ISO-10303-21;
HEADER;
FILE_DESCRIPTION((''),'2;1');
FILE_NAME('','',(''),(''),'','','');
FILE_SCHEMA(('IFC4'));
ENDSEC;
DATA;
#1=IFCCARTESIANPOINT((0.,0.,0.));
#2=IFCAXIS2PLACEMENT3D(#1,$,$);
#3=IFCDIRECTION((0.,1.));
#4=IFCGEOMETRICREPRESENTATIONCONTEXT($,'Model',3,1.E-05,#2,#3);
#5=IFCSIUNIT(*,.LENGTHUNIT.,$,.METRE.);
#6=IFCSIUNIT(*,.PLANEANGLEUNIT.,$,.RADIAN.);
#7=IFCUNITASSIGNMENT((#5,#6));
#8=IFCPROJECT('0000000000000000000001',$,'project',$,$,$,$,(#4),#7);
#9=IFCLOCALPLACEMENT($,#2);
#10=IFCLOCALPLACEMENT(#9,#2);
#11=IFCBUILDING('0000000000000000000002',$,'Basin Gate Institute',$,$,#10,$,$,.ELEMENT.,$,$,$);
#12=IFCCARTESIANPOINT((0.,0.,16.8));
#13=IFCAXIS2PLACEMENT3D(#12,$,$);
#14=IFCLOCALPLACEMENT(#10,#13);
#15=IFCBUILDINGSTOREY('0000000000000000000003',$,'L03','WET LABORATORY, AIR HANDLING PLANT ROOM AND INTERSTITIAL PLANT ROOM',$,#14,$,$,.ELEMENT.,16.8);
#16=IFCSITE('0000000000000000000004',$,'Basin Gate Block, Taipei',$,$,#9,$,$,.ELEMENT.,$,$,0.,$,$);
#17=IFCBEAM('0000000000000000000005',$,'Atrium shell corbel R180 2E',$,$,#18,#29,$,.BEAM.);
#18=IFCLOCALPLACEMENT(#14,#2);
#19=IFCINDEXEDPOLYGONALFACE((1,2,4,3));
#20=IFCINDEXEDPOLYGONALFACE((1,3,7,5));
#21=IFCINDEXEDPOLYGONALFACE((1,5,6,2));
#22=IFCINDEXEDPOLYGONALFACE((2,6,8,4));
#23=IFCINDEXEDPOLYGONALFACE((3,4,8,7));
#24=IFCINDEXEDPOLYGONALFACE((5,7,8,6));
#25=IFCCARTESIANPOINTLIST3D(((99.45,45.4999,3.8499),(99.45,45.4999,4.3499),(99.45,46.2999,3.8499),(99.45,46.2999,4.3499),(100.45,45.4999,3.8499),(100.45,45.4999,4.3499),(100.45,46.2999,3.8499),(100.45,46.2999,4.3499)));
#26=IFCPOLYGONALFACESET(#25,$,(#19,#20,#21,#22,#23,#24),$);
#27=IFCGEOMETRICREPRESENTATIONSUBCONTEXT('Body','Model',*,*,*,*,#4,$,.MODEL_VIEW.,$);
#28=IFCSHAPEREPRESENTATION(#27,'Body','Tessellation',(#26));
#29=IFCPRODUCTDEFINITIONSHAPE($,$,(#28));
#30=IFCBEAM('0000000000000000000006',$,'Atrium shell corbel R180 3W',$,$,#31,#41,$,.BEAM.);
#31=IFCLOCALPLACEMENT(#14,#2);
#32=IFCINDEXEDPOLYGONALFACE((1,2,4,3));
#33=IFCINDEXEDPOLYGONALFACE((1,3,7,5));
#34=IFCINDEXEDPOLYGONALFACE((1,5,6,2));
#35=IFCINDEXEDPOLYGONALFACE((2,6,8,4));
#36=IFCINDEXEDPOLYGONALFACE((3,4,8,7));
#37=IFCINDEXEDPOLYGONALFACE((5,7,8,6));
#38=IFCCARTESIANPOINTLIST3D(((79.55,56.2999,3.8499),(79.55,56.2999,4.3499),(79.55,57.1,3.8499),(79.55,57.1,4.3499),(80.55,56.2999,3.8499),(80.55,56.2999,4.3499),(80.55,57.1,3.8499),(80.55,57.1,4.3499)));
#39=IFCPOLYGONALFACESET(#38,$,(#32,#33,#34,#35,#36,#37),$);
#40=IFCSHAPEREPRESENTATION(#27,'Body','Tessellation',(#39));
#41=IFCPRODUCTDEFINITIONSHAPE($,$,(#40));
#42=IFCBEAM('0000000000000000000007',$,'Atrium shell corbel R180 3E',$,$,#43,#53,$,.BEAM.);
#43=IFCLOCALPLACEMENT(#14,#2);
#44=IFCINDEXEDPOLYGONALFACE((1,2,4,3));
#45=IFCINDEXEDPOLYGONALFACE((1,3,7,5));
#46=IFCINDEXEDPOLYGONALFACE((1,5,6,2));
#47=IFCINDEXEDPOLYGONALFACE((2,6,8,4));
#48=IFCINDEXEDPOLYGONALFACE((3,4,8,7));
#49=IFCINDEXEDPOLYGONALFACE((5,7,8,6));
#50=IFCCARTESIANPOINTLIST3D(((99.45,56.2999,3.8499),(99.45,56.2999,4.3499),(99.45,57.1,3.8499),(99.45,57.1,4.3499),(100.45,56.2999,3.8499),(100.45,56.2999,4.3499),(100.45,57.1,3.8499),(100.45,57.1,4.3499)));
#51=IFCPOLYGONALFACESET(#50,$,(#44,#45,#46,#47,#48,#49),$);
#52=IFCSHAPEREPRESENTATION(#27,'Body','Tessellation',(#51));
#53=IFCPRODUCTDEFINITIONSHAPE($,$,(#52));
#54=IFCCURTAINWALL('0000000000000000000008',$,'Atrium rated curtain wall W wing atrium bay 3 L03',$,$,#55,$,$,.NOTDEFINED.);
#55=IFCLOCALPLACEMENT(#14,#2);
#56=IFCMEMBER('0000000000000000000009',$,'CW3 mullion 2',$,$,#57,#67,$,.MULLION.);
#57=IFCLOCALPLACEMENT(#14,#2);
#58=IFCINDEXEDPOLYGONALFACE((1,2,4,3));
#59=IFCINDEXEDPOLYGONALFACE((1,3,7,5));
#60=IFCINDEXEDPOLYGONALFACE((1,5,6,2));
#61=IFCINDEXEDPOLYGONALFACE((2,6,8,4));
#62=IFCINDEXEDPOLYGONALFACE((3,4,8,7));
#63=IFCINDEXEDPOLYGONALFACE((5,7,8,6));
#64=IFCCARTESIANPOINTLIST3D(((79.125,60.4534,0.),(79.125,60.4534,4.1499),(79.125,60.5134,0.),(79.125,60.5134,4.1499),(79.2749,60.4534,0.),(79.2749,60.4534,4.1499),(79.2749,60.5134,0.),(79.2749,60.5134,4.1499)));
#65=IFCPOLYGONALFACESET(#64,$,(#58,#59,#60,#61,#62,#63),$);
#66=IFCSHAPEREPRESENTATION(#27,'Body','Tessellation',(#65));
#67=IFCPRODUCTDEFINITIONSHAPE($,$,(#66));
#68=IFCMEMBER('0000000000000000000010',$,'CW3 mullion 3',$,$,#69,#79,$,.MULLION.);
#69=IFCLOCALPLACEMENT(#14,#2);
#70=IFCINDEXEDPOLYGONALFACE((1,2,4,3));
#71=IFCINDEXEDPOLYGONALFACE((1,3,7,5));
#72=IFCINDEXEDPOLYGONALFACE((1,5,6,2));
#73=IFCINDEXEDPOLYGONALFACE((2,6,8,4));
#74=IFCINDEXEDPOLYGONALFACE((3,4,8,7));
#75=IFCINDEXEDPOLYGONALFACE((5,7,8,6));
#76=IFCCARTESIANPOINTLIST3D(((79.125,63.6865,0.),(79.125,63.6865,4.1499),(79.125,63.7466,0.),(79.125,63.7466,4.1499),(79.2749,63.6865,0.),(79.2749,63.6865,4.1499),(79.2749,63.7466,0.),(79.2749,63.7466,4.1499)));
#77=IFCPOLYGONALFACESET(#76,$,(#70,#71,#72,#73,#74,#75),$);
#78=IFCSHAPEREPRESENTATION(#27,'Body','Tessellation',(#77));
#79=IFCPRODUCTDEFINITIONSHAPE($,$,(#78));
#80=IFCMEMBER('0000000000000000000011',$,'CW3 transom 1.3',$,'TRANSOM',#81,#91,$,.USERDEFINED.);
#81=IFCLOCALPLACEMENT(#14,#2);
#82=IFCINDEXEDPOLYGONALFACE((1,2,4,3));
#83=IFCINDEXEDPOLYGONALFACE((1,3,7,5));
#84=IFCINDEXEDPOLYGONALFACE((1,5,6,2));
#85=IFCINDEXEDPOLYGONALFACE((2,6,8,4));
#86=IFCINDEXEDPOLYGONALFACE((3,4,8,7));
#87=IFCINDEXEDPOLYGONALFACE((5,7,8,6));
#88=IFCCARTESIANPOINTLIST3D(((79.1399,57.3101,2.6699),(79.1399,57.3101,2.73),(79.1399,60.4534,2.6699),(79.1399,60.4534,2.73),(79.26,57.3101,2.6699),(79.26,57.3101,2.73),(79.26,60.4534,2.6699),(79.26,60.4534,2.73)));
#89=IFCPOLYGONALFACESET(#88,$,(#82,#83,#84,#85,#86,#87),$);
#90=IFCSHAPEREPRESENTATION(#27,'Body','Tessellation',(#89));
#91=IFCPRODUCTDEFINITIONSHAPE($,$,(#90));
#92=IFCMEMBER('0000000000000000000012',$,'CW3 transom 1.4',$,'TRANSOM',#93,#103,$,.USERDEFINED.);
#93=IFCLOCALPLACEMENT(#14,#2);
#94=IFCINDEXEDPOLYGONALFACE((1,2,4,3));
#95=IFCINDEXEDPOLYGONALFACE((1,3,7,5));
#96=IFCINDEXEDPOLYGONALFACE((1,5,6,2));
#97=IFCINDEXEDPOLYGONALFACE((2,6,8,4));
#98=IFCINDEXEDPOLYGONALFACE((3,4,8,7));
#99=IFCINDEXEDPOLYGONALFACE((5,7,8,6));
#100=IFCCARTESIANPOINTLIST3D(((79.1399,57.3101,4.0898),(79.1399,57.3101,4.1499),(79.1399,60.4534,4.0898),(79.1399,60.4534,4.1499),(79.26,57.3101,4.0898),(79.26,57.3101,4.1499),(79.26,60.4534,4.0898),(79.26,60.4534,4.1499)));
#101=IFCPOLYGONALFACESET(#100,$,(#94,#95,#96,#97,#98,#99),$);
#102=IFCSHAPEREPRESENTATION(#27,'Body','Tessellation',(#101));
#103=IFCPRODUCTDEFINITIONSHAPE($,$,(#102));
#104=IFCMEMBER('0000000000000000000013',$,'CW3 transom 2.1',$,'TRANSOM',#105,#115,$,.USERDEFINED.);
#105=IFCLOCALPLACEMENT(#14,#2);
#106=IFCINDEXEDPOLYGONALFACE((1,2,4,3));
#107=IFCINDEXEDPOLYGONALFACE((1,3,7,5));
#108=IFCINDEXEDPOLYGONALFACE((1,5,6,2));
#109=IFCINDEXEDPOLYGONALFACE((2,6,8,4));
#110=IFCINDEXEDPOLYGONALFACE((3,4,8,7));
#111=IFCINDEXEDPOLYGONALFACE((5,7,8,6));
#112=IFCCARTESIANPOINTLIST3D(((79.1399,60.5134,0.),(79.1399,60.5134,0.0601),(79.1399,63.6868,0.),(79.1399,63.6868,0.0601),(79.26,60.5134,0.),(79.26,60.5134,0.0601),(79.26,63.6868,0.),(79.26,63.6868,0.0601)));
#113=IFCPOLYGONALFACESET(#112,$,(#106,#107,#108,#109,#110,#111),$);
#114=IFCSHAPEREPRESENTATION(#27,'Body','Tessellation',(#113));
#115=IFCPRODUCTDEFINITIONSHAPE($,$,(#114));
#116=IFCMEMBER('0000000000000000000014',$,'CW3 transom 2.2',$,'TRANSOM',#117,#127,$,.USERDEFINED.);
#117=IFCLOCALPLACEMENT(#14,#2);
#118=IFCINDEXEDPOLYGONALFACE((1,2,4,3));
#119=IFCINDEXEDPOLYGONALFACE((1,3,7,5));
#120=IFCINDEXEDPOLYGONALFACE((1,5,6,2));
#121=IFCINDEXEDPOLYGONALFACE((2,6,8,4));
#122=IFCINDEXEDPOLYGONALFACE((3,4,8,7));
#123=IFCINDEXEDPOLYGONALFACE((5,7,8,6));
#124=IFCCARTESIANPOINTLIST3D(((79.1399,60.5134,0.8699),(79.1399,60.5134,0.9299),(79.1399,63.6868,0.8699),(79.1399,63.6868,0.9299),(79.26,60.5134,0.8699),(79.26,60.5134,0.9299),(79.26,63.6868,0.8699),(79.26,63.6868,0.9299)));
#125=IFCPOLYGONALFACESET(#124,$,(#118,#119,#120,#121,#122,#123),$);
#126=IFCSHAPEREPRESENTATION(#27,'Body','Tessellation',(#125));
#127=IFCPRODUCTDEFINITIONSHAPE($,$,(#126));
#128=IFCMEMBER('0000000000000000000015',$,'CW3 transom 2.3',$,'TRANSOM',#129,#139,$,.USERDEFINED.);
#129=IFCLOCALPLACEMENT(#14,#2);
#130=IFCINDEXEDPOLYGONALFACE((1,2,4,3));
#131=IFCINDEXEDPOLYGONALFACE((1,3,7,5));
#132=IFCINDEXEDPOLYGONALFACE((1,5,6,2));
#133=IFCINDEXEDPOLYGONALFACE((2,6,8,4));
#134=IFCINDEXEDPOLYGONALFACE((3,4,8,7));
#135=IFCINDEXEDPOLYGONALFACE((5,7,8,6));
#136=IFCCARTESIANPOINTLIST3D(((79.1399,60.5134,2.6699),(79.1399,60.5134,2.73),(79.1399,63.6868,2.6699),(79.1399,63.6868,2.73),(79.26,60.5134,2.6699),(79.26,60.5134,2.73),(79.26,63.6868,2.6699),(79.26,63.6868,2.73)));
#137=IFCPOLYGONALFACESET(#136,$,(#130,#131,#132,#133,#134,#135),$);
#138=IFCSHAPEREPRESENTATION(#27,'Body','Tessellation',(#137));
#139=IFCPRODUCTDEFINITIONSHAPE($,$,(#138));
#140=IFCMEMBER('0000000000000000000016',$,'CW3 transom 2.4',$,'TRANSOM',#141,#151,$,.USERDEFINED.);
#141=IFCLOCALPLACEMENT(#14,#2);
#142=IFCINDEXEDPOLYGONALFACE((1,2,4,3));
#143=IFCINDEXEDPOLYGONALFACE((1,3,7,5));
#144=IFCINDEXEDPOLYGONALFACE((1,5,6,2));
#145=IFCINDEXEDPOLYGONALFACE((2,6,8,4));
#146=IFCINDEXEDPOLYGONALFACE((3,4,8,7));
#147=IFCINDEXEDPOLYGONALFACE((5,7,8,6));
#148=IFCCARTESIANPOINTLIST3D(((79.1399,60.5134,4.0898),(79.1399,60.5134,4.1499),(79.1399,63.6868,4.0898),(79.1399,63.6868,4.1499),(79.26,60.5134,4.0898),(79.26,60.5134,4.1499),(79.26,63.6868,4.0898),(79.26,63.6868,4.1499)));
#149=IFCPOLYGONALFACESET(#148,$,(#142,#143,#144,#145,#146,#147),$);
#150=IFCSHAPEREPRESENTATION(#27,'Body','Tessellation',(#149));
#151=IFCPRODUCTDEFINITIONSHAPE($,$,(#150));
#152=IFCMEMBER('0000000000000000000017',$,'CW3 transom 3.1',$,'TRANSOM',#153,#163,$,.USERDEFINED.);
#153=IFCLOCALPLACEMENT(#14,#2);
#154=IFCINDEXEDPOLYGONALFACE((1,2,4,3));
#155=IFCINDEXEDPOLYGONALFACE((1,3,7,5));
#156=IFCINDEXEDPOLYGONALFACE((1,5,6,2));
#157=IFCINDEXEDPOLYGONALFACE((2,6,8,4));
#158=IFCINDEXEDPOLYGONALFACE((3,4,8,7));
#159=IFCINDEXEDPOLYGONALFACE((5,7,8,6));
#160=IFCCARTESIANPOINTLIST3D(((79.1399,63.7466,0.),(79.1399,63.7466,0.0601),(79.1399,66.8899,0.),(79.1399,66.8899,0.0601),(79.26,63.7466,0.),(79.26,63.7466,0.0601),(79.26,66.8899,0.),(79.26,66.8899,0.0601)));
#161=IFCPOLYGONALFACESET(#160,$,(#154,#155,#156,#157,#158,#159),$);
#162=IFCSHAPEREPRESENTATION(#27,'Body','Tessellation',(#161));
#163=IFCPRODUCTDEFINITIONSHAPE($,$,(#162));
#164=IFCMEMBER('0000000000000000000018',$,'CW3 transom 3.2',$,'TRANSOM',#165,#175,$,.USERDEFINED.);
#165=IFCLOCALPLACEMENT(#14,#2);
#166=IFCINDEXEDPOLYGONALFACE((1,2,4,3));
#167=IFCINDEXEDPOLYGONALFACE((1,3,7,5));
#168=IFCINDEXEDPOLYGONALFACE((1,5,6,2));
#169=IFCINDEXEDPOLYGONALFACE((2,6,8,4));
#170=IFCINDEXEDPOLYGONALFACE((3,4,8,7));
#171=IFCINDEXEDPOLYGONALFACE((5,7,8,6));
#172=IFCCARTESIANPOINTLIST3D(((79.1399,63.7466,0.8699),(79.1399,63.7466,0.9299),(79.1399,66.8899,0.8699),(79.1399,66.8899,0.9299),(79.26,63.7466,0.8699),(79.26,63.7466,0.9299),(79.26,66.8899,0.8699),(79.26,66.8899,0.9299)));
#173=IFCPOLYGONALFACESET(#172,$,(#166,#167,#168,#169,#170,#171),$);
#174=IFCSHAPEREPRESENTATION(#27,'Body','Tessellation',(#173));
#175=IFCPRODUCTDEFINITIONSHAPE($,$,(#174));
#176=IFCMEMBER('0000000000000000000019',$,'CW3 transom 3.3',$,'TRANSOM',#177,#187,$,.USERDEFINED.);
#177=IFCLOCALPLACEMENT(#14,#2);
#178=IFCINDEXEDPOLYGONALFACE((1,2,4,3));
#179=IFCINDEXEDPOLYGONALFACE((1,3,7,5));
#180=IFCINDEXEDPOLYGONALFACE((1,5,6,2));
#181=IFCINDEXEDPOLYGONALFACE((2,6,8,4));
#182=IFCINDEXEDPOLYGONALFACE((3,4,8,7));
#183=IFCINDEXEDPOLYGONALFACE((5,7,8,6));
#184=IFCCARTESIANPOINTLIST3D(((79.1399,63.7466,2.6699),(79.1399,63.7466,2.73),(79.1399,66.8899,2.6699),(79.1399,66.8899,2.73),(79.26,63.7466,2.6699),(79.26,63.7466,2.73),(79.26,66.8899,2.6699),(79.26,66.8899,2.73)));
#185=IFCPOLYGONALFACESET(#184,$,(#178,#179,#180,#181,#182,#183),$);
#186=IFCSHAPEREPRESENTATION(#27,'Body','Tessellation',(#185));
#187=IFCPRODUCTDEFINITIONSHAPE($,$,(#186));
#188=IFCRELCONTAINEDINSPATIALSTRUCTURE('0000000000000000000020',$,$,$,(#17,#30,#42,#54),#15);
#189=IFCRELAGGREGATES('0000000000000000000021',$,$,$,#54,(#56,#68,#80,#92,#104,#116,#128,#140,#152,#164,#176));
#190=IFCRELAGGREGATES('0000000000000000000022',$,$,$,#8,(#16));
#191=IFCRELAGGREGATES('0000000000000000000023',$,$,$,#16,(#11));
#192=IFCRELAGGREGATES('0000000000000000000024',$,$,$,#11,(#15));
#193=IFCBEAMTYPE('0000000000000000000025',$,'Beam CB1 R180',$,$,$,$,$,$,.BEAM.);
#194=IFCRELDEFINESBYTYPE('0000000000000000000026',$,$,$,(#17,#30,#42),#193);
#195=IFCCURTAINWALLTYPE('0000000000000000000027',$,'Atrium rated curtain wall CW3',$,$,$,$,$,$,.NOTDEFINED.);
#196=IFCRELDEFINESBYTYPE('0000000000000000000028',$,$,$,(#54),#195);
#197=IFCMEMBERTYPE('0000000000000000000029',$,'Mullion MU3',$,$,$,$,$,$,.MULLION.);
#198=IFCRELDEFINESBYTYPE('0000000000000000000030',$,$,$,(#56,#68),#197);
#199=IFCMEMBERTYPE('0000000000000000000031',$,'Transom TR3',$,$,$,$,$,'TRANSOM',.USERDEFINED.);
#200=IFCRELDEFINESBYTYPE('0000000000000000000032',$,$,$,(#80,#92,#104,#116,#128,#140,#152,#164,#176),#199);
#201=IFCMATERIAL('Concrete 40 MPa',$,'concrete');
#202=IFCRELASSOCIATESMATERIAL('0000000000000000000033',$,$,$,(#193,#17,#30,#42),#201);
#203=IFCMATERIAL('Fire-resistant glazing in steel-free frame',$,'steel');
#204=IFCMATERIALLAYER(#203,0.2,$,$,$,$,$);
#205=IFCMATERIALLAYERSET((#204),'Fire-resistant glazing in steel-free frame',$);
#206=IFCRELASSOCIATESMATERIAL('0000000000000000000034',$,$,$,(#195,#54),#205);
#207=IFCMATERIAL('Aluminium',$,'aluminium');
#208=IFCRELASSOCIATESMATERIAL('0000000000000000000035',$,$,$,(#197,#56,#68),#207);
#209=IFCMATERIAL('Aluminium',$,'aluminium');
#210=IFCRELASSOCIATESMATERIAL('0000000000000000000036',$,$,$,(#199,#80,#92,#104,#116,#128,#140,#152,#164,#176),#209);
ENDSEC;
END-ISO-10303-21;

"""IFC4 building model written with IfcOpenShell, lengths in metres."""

from ifc_helpers import new_model, si_unit, direction, frame, origin, origin_2d, place, context, subcontext, project, spatial, rectangle, extrude, material, layer, layer_set, material_profile, profile_set, type_object, element, aggregate, save


model = new_model("IFC4")

# Units and contexts
model_context = context("Model", 3, precision=1e-05, world=origin(), true_north=direction((0.0, 1.0)))
body_context = subcontext(model_context, "Body", "Model", "MODEL_VIEW")
ifc_project = project(units=[si_unit("LENGTHUNIT", "METRE"), si_unit("PLANEANGLEUNIT", "RADIAN")], contexts=[model_context])

# Site, building, storey
site_placement = place(None, origin())
site = spatial("IfcSite", under=ifc_project, at=site_placement, Name="Basin Gate Block, Taipei", CompositionType="ELEMENT", RefElevation=0.0)
building_placement = place(site_placement, origin())
building = spatial("IfcBuilding", under=site, at=building_placement, Name="Basin Gate Institute", CompositionType="ELEMENT")
storey_placement = place(building_placement, frame((0.0, 0.0, 16.8)))
storey = spatial("IfcBuildingStorey", under=building, at=storey_placement, Name="L03", Description="WET LABORATORY, AIR HANDLING PLANT ROOM AND INTERSTITIAL PLANT ROOM", CompositionType="ELEMENT", Elevation=16.8)

# Beams
ifc_material_1 = material(Name="Concrete 40 MPa", Category="concrete")
ifc_material_profile_1 = material_profile(ifc_material_1, rectangle(XDim=0.8, YDim=0.5, at=origin_2d()), Name="Beam CB1 800 x 500")
ifc_profile_set_1 = profile_set([ifc_material_profile_1], Name="Concrete 40 MPa")
beam_type = type_object("IfcBeamType", Name="Beam CB1 R180", PredefinedType="BEAM", material=ifc_profile_set_1)
for number, where, z_axis, x_axis, name in (
    (1, (100.45, 45.8999, 4.0999), (-1.0, 0.0, 0.0), (0.0, -1.0, 0.0), "Atrium shell corbel R180 2E"),
    (2, (79.55, 56.7, 4.0999), (1.0, 0.0, 0.0), (0.0, 1.0, 0.0), "Atrium shell corbel R180 3W"),
    (3, (100.45, 56.7, 4.0999), (-1.0, 0.0, 0.0), (0.0, -1.0, 0.0), "Atrium shell corbel R180 3E"),
):
    element("IfcBeam", number, at=place(storey_placement, frame(where, z_axis=z_axis, x_axis=x_axis)), inside=storey, type_object=beam_type, material=ifc_profile_set_1, Name=name, PredefinedType="BEAM", context=body_context, shape_type="SweptSolid", body=[
        extrude(rectangle(XDim=0.8, YDim=0.5, at=origin_2d()), origin(), (0.0, 0.0, 1.0), 1.0),
    ])

# Curtain wall, members
ifc_material_2 = material(Name="Fire-resistant glazing in steel-free frame", Category="steel")
ifc_layer_1 = layer(ifc_material_2, 0.2)
ifc_layer_set_1 = layer_set([ifc_layer_1], Name="Fire-resistant glazing in steel-free frame")
curtain_wall_type = type_object("IfcCurtainWallType", Name="Atrium rated curtain wall CW3", PredefinedType="NOTDEFINED", material=ifc_layer_set_1)
curtain_wall_placement = place(storey_placement, origin())
curtain_wall = element("IfcCurtainWall", 4, at=curtain_wall_placement, inside=storey, type_object=curtain_wall_type, material=ifc_layer_set_1, Name="Atrium rated curtain wall W wing atrium bay 3 L03", PredefinedType="NOTDEFINED")
ifc_material_3 = material(Name="Aluminium", Category="aluminium")
ifc_material_profile_2 = material_profile(ifc_material_3, rectangle(XDim=0.1499, YDim=0.0601, at=origin_2d()), Name="Mullion MU3 150 x 60")
ifc_profile_set_2 = profile_set([ifc_material_profile_2], Name="Aluminium")
member_type_1 = type_object("IfcMemberType", Name="Mullion MU3", PredefinedType="MULLION", material=ifc_profile_set_2)
member_1_placement = place(storey_placement, frame((79.2, 60.4834, 0.0), z_axis=(0.0, 0.0, 1.0), x_axis=(-1.0, 0.0, 0.0)))
member_1 = element("IfcMember", 5, at=member_1_placement, type_object=member_type_1, material=ifc_profile_set_2, Name="CW3 mullion 2", PredefinedType="MULLION", context=body_context, shape_type="SweptSolid", body=[
    extrude(rectangle(XDim=0.1499, YDim=0.0601, at=origin_2d()), origin(), (0.0, 0.0, 1.0), 4.1499),
])
member_2_placement = place(storey_placement, frame((79.2, 63.7166, 0.0), z_axis=(0.0, 0.0, 1.0), x_axis=(-1.0, 0.0, 0.0)))
member_2 = element("IfcMember", 6, at=member_2_placement, type_object=member_type_1, material=ifc_profile_set_2, Name="CW3 mullion 3", PredefinedType="MULLION", context=body_context, shape_type="SweptSolid", body=[
    extrude(rectangle(XDim=0.1499, YDim=0.0601, at=origin_2d()), origin(), (0.0, 0.0, 1.0), 4.1499),
])
ifc_material_4 = material(Name="Aluminium", Category="aluminium")
ifc_material_profile_3 = material_profile(ifc_material_4, rectangle(XDim=0.1201, YDim=0.0601, at=origin_2d()), Name="Transom TR3 120 x 60")
ifc_profile_set_3 = profile_set([ifc_material_profile_3], Name="Aluminium")
member_type_2 = type_object("IfcMemberType", Name="Transom TR3", ElementType="TRANSOM", PredefinedType="USERDEFINED", material=ifc_profile_set_3)
member_3_placement = place(storey_placement, frame((79.2, 57.3101, 2.7), z_axis=(0.0, 1.0, 0.0), x_axis=(-1.0, 0.0, 0.0)))
member_3 = element("IfcMember", 7, at=member_3_placement, type_object=member_type_2, material=ifc_profile_set_3, Name="CW3 transom 1.3", ObjectType="TRANSOM", PredefinedType="USERDEFINED", context=body_context, shape_type="SweptSolid", body=[
    extrude(rectangle(XDim=0.1201, YDim=0.0601, at=origin_2d()), origin(), (0.0, 0.0, 1.0), 3.1433),
])
member_4_placement = place(storey_placement, frame((79.2, 57.3101, 4.1199), z_axis=(0.0, 1.0, 0.0), x_axis=(-1.0, 0.0, 0.0)))
member_4 = element("IfcMember", 8, at=member_4_placement, type_object=member_type_2, material=ifc_profile_set_3, Name="CW3 transom 1.4", ObjectType="TRANSOM", PredefinedType="USERDEFINED", context=body_context, shape_type="SweptSolid", body=[
    extrude(rectangle(XDim=0.1201, YDim=0.0601, at=origin_2d()), origin(), (0.0, 0.0, 1.0), 3.1433),
])
member_5_placement = place(storey_placement, frame((79.2, 60.5134, 0.03), z_axis=(0.0, 1.0, 0.0), x_axis=(-1.0, 0.0, 0.0)))
member_5 = element("IfcMember", 9, at=member_5_placement, type_object=member_type_2, material=ifc_profile_set_3, Name="CW3 transom 2.1", ObjectType="TRANSOM", PredefinedType="USERDEFINED", context=body_context, shape_type="SweptSolid", body=[
    extrude(rectangle(XDim=0.1201, YDim=0.0601, at=origin_2d()), origin(), (0.0, 0.0, 1.0), 3.1733),
])
member_6_placement = place(storey_placement, frame((79.2, 60.5134, 0.8999), z_axis=(0.0, 1.0, 0.0), x_axis=(-1.0, 0.0, 0.0)))
member_6 = element("IfcMember", 10, at=member_6_placement, type_object=member_type_2, material=ifc_profile_set_3, Name="CW3 transom 2.2", ObjectType="TRANSOM", PredefinedType="USERDEFINED", context=body_context, shape_type="SweptSolid", body=[
    extrude(rectangle(XDim=0.1201, YDim=0.0601, at=origin_2d()), origin(), (0.0, 0.0, 1.0), 3.1733),
])
member_7_placement = place(storey_placement, frame((79.2, 60.5134, 2.7), z_axis=(0.0, 1.0, 0.0), x_axis=(-1.0, 0.0, 0.0)))
member_7 = element("IfcMember", 11, at=member_7_placement, type_object=member_type_2, material=ifc_profile_set_3, Name="CW3 transom 2.3", ObjectType="TRANSOM", PredefinedType="USERDEFINED", context=body_context, shape_type="SweptSolid", body=[
    extrude(rectangle(XDim=0.1201, YDim=0.0601, at=origin_2d()), origin(), (0.0, 0.0, 1.0), 3.1733),
])
member_8_placement = place(storey_placement, frame((79.2, 60.5134, 4.1199), z_axis=(0.0, 1.0, 0.0), x_axis=(-1.0, 0.0, 0.0)))
member_8 = element("IfcMember", 12, at=member_8_placement, type_object=member_type_2, material=ifc_profile_set_3, Name="CW3 transom 2.4", ObjectType="TRANSOM", PredefinedType="USERDEFINED", context=body_context, shape_type="SweptSolid", body=[
    extrude(rectangle(XDim=0.1201, YDim=0.0601, at=origin_2d()), origin(), (0.0, 0.0, 1.0), 3.1733),
])
member_9_placement = place(storey_placement, frame((79.2, 63.7466, 0.03), z_axis=(0.0, 1.0, 0.0), x_axis=(-1.0, 0.0, 0.0)))
member_9 = element("IfcMember", 13, at=member_9_placement, type_object=member_type_2, material=ifc_profile_set_3, Name="CW3 transom 3.1", ObjectType="TRANSOM", PredefinedType="USERDEFINED", context=body_context, shape_type="SweptSolid", body=[
    extrude(rectangle(XDim=0.1201, YDim=0.0601, at=origin_2d()), origin(), (0.0, 0.0, 1.0), 3.1433),
])
member_10_placement = place(storey_placement, frame((79.2, 63.7466, 0.8999), z_axis=(0.0, 1.0, 0.0), x_axis=(-1.0, 0.0, 0.0)))
member_10 = element("IfcMember", 14, at=member_10_placement, type_object=member_type_2, material=ifc_profile_set_3, Name="CW3 transom 3.2", ObjectType="TRANSOM", PredefinedType="USERDEFINED", context=body_context, shape_type="SweptSolid", body=[
    extrude(rectangle(XDim=0.1201, YDim=0.0601, at=origin_2d()), origin(), (0.0, 0.0, 1.0), 3.1433),
])
member_11_placement = place(storey_placement, frame((79.2, 63.7466, 2.7), z_axis=(0.0, 1.0, 0.0), x_axis=(-1.0, 0.0, 0.0)))
member_11 = element("IfcMember", 15, at=member_11_placement, type_object=member_type_2, material=ifc_profile_set_3, Name="CW3 transom 3.3", ObjectType="TRANSOM", PredefinedType="USERDEFINED", context=body_context, shape_type="SweptSolid", body=[
    extrude(rectangle(XDim=0.1201, YDim=0.0601, at=origin_2d()), origin(), (0.0, 0.0, 1.0), 3.1433),
])
aggregate(curtain_wall, [member_1, member_2, member_3, member_4, member_5, member_6, member_7, member_8, member_9, member_10, member_11])

save(model, "model.ifc")
